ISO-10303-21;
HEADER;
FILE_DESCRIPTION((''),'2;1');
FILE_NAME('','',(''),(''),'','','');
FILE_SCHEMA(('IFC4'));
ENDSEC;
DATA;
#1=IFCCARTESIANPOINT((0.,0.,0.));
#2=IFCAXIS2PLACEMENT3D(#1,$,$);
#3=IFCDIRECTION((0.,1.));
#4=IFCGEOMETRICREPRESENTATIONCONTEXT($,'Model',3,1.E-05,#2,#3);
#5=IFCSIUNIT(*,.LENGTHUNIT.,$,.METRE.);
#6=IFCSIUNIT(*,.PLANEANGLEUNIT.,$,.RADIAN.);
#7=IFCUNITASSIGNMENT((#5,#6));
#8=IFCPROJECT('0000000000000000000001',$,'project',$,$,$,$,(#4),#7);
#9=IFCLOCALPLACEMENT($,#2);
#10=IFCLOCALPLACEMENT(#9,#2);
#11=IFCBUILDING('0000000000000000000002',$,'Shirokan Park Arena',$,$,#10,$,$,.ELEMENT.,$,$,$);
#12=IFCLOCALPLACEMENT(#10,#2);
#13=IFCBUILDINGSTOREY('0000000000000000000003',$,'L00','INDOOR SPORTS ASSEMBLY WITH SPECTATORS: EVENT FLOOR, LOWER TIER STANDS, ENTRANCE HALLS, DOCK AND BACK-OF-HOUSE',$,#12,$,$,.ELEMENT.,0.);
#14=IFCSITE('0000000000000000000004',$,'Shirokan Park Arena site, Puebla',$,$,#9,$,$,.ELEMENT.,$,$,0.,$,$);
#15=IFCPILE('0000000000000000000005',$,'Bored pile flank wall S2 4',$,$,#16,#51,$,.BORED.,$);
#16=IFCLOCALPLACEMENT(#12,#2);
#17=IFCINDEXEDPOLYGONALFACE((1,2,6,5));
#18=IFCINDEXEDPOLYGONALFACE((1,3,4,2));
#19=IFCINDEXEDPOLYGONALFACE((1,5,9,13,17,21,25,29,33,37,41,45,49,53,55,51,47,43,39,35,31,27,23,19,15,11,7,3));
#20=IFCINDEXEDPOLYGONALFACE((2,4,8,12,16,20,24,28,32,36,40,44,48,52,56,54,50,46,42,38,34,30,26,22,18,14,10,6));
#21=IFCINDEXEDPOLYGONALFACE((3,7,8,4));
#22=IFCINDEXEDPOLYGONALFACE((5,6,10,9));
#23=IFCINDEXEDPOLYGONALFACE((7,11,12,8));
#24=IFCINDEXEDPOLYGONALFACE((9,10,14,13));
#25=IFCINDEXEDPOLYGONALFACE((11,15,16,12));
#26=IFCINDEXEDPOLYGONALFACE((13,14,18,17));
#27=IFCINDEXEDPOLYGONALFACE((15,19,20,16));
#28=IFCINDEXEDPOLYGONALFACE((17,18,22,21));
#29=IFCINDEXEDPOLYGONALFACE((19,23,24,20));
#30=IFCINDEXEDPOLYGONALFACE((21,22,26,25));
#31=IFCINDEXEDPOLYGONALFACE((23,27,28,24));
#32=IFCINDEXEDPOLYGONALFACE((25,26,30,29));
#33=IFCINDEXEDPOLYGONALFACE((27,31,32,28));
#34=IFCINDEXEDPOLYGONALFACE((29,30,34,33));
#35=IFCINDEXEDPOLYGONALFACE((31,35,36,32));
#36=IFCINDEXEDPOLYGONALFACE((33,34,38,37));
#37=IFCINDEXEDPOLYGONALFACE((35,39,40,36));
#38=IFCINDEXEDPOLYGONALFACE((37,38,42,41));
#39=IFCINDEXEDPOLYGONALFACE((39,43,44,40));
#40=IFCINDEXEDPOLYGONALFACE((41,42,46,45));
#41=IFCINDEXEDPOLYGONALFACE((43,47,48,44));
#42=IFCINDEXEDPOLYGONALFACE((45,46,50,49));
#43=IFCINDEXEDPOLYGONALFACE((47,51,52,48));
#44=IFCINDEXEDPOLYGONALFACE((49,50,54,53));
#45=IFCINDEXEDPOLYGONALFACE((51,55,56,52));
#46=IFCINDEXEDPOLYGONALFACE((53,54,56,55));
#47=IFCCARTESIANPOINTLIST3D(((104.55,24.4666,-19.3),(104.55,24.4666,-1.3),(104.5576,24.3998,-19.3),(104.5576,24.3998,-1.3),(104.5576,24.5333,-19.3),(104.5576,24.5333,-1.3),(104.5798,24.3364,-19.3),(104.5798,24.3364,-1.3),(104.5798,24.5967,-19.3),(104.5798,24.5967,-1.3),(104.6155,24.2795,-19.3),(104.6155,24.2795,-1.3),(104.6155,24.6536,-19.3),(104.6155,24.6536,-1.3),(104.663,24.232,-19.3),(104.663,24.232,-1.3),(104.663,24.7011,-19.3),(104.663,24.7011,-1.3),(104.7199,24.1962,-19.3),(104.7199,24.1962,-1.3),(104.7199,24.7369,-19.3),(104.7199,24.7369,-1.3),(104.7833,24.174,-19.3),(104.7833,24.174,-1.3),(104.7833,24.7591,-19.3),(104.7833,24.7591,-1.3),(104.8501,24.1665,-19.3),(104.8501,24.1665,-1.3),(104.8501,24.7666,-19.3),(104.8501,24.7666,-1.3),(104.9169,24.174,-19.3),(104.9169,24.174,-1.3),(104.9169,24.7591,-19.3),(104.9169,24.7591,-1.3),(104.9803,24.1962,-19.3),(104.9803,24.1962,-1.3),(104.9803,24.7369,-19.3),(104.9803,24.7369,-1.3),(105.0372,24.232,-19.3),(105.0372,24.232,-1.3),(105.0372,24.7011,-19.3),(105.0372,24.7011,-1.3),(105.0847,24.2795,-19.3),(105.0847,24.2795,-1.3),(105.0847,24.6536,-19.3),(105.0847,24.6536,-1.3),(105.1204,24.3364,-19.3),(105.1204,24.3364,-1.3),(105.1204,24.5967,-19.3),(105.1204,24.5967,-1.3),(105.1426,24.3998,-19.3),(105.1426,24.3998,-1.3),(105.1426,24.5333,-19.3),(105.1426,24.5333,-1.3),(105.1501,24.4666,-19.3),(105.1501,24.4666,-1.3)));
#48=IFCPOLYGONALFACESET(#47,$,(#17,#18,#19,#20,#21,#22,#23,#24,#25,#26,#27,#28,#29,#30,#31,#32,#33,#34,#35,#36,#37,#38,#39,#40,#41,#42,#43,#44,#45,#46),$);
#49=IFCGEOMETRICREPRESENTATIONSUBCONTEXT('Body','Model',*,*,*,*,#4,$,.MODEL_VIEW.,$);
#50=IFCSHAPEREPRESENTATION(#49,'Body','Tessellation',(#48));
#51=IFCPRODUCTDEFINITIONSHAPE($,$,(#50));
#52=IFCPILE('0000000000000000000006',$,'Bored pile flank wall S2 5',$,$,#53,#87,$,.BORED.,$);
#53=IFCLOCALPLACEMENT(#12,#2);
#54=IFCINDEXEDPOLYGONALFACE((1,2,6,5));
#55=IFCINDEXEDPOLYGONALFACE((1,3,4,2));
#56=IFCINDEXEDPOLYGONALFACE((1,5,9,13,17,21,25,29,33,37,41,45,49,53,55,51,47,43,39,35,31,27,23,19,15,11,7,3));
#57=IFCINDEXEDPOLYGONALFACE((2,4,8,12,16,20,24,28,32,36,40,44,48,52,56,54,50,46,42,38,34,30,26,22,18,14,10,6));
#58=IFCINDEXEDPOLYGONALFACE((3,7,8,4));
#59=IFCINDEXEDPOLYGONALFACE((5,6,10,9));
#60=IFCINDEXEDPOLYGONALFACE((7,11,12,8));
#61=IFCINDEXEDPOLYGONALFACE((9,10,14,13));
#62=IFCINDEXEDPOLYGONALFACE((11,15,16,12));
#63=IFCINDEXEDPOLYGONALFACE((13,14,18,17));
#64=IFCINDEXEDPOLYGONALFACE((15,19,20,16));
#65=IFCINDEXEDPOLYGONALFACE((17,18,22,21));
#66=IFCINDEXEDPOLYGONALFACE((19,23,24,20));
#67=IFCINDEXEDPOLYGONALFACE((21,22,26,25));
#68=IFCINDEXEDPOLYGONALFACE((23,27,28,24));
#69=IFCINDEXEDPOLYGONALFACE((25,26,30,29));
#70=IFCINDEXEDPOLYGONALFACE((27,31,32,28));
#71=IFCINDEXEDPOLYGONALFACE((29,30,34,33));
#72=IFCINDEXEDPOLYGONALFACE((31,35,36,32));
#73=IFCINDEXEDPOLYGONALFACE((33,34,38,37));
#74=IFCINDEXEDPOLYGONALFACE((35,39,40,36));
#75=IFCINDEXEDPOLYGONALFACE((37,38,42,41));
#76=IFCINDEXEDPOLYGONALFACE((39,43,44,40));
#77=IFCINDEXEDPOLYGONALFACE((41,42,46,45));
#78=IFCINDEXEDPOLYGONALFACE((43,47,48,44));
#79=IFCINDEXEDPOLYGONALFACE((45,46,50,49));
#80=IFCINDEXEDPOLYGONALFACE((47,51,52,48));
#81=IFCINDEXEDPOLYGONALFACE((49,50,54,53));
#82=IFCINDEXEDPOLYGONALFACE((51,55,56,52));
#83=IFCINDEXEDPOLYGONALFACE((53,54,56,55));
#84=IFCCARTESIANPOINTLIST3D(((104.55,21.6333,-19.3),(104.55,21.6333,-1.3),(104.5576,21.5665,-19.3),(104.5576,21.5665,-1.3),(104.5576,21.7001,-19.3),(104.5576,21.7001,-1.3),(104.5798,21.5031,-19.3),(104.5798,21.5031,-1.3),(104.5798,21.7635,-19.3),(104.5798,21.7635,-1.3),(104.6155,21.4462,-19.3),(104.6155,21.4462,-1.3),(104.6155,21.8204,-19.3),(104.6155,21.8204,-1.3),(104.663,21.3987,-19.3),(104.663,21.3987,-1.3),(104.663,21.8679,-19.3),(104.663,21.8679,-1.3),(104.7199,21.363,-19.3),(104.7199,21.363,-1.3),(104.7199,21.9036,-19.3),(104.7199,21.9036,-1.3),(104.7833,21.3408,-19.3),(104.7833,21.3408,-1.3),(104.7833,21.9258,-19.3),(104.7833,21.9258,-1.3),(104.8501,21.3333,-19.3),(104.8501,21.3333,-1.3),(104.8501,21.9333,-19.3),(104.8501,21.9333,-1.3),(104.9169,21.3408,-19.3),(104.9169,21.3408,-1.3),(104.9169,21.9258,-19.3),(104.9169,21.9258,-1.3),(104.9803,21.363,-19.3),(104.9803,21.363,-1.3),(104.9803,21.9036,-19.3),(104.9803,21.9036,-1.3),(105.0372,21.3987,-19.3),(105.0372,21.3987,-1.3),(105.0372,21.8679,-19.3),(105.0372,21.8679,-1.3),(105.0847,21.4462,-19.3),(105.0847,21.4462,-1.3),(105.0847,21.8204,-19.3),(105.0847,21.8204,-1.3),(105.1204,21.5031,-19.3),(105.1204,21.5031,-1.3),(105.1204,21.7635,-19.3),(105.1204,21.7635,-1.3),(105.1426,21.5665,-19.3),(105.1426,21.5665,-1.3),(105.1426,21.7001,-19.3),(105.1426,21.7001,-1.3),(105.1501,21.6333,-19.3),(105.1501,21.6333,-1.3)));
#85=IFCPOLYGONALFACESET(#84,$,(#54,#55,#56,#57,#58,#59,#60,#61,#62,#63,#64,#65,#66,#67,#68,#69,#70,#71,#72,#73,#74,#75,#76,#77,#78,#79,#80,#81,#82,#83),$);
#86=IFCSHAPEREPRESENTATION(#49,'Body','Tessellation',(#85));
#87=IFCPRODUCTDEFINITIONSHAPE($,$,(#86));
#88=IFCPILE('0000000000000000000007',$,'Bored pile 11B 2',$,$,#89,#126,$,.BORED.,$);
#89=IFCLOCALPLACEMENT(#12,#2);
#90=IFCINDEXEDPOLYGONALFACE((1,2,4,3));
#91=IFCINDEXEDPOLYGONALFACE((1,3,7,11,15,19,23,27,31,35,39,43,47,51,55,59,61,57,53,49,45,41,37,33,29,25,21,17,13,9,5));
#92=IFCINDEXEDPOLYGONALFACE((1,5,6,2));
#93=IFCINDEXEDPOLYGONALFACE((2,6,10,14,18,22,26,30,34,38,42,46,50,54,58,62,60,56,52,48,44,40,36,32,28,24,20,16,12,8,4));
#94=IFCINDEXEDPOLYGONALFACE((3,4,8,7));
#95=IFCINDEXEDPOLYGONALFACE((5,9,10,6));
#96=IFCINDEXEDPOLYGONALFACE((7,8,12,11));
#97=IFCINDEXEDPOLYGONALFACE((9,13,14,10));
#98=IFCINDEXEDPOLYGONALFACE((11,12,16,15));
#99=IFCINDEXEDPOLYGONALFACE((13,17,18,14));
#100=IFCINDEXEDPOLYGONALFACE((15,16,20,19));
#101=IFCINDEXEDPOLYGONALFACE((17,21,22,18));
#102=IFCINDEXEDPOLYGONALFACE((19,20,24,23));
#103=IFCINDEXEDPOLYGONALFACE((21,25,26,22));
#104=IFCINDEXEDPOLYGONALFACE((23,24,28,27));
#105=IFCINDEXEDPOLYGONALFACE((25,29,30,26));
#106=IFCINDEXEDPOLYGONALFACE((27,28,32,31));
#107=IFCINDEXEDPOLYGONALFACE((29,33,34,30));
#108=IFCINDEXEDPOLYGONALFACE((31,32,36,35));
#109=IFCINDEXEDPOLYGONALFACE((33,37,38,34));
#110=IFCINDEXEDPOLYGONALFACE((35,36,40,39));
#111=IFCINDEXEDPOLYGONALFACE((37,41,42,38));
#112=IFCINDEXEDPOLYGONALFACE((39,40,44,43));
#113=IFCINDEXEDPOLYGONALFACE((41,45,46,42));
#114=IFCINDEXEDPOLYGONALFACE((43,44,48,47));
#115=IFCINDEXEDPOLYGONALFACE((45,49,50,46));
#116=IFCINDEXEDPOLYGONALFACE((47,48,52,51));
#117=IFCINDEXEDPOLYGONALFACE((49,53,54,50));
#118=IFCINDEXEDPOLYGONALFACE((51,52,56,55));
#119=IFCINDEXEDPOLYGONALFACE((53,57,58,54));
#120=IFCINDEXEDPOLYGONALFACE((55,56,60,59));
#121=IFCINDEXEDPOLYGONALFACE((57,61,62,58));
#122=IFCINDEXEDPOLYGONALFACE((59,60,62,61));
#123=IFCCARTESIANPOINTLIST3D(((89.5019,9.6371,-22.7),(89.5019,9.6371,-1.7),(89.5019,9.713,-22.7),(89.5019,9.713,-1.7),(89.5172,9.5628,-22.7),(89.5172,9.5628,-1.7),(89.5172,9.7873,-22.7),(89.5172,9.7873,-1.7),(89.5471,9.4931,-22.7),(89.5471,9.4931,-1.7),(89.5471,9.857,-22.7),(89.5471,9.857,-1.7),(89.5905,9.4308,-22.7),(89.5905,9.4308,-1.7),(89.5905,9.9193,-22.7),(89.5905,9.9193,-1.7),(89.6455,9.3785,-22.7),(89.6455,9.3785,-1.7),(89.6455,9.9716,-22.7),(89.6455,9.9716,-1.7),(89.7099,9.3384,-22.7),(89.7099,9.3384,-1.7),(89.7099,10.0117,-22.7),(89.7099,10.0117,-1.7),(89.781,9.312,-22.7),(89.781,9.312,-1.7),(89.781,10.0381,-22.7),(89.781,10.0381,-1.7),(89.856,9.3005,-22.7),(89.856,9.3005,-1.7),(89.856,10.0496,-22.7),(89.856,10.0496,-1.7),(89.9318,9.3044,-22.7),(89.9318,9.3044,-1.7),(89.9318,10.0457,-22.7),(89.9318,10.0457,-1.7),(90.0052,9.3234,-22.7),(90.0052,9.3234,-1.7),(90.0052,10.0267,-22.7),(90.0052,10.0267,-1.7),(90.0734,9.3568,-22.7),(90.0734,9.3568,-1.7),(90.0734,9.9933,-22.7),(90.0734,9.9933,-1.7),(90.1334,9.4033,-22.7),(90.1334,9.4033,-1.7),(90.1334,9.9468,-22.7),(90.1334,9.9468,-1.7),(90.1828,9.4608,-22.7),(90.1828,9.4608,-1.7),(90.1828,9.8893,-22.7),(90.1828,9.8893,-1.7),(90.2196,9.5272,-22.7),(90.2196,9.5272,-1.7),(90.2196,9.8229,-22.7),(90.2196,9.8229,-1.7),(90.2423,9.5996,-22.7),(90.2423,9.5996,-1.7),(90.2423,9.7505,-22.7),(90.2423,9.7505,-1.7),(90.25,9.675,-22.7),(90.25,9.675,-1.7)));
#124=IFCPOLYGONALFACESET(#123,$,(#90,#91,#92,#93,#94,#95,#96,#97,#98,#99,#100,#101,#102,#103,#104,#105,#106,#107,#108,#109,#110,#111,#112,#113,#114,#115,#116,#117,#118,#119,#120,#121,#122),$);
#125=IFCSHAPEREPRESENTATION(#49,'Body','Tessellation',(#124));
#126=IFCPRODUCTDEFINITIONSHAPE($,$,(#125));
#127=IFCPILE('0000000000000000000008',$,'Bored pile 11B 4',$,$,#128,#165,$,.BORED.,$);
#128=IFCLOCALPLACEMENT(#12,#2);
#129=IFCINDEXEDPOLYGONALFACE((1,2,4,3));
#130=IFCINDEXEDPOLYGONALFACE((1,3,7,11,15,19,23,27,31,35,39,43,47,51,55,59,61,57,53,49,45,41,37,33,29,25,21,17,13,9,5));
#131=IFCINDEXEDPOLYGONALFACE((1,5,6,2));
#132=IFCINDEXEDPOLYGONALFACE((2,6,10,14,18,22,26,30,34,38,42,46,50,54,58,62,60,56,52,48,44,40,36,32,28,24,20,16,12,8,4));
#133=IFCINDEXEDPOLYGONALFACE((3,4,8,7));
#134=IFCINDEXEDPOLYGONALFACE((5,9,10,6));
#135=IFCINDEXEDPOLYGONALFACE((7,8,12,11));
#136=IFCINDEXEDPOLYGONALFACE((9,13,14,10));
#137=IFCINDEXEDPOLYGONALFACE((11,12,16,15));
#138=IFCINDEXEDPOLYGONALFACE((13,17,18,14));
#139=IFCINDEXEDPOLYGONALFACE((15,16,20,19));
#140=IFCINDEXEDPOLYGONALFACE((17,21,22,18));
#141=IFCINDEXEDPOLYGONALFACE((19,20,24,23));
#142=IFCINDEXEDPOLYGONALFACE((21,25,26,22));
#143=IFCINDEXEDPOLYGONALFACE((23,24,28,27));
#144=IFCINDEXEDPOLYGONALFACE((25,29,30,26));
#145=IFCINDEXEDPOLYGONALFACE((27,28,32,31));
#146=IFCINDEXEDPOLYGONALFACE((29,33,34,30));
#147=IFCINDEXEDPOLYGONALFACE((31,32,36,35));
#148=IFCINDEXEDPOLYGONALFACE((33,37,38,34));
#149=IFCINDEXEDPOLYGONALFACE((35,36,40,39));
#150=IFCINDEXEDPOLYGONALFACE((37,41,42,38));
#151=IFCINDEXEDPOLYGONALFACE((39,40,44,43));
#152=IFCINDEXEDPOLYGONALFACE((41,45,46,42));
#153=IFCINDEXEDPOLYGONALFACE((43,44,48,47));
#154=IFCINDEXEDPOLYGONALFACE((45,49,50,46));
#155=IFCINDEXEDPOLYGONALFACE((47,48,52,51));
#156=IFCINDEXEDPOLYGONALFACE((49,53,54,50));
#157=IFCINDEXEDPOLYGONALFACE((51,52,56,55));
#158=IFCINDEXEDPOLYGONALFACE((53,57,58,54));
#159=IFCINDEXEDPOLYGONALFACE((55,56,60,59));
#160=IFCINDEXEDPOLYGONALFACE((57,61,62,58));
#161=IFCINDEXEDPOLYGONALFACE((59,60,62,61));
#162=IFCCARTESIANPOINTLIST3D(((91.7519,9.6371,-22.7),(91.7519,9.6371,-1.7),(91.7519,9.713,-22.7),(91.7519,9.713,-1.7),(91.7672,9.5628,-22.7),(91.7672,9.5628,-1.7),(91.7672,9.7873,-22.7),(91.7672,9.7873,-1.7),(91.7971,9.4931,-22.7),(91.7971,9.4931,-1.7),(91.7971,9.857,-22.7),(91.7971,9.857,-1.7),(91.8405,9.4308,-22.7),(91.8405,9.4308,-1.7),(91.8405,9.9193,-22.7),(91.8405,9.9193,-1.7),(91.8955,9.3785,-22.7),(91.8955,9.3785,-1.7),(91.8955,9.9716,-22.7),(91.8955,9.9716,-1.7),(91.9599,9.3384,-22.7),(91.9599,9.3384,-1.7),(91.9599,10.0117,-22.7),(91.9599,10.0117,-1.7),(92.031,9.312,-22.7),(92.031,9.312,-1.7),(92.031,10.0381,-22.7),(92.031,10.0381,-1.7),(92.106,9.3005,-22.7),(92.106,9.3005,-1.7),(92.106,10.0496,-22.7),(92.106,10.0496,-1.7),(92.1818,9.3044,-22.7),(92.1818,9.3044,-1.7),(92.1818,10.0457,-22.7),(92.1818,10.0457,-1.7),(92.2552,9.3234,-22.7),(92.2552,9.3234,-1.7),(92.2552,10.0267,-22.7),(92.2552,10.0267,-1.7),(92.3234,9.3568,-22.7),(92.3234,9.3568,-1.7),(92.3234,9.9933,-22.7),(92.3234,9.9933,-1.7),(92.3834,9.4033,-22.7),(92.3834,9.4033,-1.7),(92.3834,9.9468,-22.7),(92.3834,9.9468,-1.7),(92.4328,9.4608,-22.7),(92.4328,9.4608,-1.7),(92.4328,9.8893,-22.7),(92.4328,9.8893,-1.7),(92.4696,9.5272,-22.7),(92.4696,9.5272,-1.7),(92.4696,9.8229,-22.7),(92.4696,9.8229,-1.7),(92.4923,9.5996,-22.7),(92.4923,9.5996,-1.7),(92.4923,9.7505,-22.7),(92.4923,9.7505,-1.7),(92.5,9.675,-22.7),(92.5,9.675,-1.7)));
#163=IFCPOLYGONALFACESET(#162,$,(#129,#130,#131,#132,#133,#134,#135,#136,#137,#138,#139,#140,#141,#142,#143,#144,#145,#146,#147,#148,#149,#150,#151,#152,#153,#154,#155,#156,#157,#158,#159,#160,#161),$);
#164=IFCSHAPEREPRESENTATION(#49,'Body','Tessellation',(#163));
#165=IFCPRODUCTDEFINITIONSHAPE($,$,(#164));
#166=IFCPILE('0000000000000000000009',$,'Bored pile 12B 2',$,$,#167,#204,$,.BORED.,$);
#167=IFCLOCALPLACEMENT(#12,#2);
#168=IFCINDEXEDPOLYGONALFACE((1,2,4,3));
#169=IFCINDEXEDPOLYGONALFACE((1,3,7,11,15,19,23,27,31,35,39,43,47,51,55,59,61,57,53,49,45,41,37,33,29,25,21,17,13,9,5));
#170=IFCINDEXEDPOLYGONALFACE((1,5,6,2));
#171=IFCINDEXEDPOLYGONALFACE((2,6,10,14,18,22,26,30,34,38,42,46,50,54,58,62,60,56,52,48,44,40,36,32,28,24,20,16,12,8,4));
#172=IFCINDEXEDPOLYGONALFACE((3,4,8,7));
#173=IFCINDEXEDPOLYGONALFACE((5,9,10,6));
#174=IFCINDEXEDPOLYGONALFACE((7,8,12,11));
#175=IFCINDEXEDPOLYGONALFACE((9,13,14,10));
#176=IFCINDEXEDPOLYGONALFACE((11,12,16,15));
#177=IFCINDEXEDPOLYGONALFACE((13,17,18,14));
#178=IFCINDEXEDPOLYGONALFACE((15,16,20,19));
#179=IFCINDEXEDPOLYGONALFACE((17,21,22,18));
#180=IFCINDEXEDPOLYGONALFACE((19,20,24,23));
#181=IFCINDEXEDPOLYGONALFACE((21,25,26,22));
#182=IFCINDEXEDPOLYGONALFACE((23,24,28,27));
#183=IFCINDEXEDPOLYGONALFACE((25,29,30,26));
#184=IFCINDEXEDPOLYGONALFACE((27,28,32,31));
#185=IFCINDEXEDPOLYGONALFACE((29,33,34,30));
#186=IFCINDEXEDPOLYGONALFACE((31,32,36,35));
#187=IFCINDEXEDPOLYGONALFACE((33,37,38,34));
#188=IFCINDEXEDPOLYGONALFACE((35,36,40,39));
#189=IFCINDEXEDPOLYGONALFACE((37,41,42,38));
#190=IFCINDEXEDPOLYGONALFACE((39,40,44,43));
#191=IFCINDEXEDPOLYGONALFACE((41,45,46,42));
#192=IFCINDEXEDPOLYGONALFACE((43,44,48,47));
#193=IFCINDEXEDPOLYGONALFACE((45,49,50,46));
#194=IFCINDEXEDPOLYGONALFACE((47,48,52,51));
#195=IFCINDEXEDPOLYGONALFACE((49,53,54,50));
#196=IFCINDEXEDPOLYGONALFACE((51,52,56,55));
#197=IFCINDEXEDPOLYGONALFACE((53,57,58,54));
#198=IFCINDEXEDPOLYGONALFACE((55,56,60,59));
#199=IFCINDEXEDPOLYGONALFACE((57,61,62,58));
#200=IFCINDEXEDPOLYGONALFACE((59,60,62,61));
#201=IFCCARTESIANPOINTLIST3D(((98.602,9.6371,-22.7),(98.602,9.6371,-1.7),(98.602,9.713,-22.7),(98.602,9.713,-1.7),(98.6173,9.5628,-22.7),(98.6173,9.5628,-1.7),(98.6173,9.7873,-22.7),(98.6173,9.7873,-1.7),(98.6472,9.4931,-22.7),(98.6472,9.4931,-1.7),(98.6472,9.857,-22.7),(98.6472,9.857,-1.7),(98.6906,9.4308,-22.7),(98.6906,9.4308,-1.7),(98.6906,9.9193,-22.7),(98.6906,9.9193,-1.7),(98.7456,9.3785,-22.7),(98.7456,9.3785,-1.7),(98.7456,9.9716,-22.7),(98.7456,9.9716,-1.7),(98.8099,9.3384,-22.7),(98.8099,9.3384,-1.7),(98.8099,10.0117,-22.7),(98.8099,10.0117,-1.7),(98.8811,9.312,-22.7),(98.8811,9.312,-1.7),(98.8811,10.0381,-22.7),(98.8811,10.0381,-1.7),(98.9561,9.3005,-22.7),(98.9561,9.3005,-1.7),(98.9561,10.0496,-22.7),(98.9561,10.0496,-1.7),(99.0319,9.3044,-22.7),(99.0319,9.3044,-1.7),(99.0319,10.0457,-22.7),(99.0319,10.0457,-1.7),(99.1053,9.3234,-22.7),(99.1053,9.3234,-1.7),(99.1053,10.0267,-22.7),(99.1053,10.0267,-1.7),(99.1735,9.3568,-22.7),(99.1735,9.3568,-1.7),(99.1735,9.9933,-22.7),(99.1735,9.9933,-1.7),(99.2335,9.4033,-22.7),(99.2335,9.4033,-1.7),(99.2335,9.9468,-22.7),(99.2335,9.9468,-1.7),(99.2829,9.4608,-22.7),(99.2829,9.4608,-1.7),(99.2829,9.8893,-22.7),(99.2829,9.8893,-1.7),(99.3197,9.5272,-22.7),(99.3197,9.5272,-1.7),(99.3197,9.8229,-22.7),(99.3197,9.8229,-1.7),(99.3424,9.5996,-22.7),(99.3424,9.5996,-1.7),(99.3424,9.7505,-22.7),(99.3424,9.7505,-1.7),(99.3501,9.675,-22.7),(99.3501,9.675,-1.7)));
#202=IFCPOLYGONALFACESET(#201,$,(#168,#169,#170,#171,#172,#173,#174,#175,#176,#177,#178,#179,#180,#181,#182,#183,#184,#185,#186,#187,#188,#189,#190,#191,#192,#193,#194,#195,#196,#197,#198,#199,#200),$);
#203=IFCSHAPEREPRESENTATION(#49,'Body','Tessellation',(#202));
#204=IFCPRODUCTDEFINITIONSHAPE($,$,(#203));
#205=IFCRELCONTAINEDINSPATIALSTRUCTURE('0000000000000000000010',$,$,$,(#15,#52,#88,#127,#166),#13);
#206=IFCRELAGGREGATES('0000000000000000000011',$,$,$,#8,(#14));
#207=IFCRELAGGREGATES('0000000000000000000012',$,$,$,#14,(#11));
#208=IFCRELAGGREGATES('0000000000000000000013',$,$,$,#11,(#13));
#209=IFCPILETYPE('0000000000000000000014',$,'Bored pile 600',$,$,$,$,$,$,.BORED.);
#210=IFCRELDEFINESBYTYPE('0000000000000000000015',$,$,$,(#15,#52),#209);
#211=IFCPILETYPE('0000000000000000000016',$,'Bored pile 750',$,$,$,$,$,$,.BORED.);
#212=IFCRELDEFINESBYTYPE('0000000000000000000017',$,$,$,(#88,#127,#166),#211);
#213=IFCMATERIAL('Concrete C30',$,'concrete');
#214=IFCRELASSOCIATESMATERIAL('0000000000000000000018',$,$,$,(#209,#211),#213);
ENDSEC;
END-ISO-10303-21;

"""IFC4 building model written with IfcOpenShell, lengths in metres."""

from ifc_helpers import new_model, si_unit, direction, frame, origin, origin_2d, place, context, subcontext, project, spatial, circle, extrude, material, material_profile, profile_set, type_object, element, save


model = new_model("IFC4")

# Units and contexts
model_context = context("Model", 3, precision=1e-05, world=origin(), true_north=direction((0.0, 1.0)))
body_context = subcontext(model_context, "Body", "Model", "MODEL_VIEW")
ifc_project = project(units=[si_unit("LENGTHUNIT", "METRE"), si_unit("PLANEANGLEUNIT", "RADIAN")], contexts=[model_context])

# Site, building, storey
site_placement = place(None, origin())
site = spatial("IfcSite", under=ifc_project, at=site_placement, Name="Shirokan Park Arena site, Puebla", CompositionType="ELEMENT", RefElevation=0.0)
building_placement = place(site_placement, origin())
building = spatial("IfcBuilding", under=site, at=building_placement, Name="Shirokan Park Arena", CompositionType="ELEMENT")
storey_placement = place(building_placement, origin())
storey = spatial("IfcBuildingStorey", under=building, at=storey_placement, Name="L00", Description="INDOOR SPORTS ASSEMBLY WITH SPECTATORS: EVENT FLOOR, LOWER TIER STANDS, ENTRANCE HALLS, DOCK AND BACK-OF-HOUSE", CompositionType="ELEMENT", Elevation=0.0)

# Piles
ifc_material_1 = material(Name="Concrete C30", Category="concrete")
ifc_material_profile_1 = material_profile(ifc_material_1, circle(Radius=0.3, at=origin_2d()), Name="D600")
ifc_profile_set_1 = profile_set([ifc_material_profile_1], Name="Concrete C30")
pile_type_1 = type_object("IfcPileType", Name="Bored pile 600", PredefinedType="BORED", material=ifc_profile_set_1)
for number, where, z_axis, x_axis, name in (
    (1, (104.8501, 24.4666, -1.3), (0.0, 0.0, -1.0), (1.0, 0.0, 0.0), "Bored pile flank wall S2 4"),
    (2, (104.8501, 21.6333, -1.3), (0.0, 0.0, -1.0), (1.0, 0.0, 0.0), "Bored pile flank wall S2 5"),
):
    element("IfcPile", number, at=place(storey_placement, frame(where, z_axis=z_axis, x_axis=x_axis)), inside=storey, type_object=pile_type_1, Name=name, PredefinedType="BORED", context=body_context, shape_type="SweptSolid", body=[
        extrude(circle(Radius=0.3, at=origin_2d()), origin(), (0.0, 0.0, 1.0), 18.0),
    ])
ifc_material_profile_2 = material_profile(ifc_material_1, circle(Radius=0.375, at=origin_2d()), Name="D750")
ifc_profile_set_2 = profile_set([ifc_material_profile_2], Name="Concrete C30")
pile_type_2 = type_object("IfcPileType", Name="Bored pile 750", PredefinedType="BORED", material=ifc_profile_set_2)
for number, where, z_axis, x_axis, name in (
    (3, (89.875, 9.675, -1.7), (0.0, 0.0, -1.0), (1.0, 0.0, 0.0), "Bored pile 11B 2"),
    (4, (92.125, 9.675, -1.7), (0.0, 0.0, -1.0), (1.0, 0.0, 0.0), "Bored pile 11B 4"),
    (5, (98.9751, 9.675, -1.7), (0.0, 0.0, -1.0), (1.0, 0.0, 0.0), "Bored pile 12B 2"),
):
    element("IfcPile", number, at=place(storey_placement, frame(where, z_axis=z_axis, x_axis=x_axis)), inside=storey, type_object=pile_type_2, Name=name, PredefinedType="BORED", context=body_context, shape_type="SweptSolid", body=[
        extrude(circle(Radius=0.375, at=origin_2d()), origin(), (0.0, 0.0, 1.0), 21.0),
    ])

save(model, "model.ifc")
